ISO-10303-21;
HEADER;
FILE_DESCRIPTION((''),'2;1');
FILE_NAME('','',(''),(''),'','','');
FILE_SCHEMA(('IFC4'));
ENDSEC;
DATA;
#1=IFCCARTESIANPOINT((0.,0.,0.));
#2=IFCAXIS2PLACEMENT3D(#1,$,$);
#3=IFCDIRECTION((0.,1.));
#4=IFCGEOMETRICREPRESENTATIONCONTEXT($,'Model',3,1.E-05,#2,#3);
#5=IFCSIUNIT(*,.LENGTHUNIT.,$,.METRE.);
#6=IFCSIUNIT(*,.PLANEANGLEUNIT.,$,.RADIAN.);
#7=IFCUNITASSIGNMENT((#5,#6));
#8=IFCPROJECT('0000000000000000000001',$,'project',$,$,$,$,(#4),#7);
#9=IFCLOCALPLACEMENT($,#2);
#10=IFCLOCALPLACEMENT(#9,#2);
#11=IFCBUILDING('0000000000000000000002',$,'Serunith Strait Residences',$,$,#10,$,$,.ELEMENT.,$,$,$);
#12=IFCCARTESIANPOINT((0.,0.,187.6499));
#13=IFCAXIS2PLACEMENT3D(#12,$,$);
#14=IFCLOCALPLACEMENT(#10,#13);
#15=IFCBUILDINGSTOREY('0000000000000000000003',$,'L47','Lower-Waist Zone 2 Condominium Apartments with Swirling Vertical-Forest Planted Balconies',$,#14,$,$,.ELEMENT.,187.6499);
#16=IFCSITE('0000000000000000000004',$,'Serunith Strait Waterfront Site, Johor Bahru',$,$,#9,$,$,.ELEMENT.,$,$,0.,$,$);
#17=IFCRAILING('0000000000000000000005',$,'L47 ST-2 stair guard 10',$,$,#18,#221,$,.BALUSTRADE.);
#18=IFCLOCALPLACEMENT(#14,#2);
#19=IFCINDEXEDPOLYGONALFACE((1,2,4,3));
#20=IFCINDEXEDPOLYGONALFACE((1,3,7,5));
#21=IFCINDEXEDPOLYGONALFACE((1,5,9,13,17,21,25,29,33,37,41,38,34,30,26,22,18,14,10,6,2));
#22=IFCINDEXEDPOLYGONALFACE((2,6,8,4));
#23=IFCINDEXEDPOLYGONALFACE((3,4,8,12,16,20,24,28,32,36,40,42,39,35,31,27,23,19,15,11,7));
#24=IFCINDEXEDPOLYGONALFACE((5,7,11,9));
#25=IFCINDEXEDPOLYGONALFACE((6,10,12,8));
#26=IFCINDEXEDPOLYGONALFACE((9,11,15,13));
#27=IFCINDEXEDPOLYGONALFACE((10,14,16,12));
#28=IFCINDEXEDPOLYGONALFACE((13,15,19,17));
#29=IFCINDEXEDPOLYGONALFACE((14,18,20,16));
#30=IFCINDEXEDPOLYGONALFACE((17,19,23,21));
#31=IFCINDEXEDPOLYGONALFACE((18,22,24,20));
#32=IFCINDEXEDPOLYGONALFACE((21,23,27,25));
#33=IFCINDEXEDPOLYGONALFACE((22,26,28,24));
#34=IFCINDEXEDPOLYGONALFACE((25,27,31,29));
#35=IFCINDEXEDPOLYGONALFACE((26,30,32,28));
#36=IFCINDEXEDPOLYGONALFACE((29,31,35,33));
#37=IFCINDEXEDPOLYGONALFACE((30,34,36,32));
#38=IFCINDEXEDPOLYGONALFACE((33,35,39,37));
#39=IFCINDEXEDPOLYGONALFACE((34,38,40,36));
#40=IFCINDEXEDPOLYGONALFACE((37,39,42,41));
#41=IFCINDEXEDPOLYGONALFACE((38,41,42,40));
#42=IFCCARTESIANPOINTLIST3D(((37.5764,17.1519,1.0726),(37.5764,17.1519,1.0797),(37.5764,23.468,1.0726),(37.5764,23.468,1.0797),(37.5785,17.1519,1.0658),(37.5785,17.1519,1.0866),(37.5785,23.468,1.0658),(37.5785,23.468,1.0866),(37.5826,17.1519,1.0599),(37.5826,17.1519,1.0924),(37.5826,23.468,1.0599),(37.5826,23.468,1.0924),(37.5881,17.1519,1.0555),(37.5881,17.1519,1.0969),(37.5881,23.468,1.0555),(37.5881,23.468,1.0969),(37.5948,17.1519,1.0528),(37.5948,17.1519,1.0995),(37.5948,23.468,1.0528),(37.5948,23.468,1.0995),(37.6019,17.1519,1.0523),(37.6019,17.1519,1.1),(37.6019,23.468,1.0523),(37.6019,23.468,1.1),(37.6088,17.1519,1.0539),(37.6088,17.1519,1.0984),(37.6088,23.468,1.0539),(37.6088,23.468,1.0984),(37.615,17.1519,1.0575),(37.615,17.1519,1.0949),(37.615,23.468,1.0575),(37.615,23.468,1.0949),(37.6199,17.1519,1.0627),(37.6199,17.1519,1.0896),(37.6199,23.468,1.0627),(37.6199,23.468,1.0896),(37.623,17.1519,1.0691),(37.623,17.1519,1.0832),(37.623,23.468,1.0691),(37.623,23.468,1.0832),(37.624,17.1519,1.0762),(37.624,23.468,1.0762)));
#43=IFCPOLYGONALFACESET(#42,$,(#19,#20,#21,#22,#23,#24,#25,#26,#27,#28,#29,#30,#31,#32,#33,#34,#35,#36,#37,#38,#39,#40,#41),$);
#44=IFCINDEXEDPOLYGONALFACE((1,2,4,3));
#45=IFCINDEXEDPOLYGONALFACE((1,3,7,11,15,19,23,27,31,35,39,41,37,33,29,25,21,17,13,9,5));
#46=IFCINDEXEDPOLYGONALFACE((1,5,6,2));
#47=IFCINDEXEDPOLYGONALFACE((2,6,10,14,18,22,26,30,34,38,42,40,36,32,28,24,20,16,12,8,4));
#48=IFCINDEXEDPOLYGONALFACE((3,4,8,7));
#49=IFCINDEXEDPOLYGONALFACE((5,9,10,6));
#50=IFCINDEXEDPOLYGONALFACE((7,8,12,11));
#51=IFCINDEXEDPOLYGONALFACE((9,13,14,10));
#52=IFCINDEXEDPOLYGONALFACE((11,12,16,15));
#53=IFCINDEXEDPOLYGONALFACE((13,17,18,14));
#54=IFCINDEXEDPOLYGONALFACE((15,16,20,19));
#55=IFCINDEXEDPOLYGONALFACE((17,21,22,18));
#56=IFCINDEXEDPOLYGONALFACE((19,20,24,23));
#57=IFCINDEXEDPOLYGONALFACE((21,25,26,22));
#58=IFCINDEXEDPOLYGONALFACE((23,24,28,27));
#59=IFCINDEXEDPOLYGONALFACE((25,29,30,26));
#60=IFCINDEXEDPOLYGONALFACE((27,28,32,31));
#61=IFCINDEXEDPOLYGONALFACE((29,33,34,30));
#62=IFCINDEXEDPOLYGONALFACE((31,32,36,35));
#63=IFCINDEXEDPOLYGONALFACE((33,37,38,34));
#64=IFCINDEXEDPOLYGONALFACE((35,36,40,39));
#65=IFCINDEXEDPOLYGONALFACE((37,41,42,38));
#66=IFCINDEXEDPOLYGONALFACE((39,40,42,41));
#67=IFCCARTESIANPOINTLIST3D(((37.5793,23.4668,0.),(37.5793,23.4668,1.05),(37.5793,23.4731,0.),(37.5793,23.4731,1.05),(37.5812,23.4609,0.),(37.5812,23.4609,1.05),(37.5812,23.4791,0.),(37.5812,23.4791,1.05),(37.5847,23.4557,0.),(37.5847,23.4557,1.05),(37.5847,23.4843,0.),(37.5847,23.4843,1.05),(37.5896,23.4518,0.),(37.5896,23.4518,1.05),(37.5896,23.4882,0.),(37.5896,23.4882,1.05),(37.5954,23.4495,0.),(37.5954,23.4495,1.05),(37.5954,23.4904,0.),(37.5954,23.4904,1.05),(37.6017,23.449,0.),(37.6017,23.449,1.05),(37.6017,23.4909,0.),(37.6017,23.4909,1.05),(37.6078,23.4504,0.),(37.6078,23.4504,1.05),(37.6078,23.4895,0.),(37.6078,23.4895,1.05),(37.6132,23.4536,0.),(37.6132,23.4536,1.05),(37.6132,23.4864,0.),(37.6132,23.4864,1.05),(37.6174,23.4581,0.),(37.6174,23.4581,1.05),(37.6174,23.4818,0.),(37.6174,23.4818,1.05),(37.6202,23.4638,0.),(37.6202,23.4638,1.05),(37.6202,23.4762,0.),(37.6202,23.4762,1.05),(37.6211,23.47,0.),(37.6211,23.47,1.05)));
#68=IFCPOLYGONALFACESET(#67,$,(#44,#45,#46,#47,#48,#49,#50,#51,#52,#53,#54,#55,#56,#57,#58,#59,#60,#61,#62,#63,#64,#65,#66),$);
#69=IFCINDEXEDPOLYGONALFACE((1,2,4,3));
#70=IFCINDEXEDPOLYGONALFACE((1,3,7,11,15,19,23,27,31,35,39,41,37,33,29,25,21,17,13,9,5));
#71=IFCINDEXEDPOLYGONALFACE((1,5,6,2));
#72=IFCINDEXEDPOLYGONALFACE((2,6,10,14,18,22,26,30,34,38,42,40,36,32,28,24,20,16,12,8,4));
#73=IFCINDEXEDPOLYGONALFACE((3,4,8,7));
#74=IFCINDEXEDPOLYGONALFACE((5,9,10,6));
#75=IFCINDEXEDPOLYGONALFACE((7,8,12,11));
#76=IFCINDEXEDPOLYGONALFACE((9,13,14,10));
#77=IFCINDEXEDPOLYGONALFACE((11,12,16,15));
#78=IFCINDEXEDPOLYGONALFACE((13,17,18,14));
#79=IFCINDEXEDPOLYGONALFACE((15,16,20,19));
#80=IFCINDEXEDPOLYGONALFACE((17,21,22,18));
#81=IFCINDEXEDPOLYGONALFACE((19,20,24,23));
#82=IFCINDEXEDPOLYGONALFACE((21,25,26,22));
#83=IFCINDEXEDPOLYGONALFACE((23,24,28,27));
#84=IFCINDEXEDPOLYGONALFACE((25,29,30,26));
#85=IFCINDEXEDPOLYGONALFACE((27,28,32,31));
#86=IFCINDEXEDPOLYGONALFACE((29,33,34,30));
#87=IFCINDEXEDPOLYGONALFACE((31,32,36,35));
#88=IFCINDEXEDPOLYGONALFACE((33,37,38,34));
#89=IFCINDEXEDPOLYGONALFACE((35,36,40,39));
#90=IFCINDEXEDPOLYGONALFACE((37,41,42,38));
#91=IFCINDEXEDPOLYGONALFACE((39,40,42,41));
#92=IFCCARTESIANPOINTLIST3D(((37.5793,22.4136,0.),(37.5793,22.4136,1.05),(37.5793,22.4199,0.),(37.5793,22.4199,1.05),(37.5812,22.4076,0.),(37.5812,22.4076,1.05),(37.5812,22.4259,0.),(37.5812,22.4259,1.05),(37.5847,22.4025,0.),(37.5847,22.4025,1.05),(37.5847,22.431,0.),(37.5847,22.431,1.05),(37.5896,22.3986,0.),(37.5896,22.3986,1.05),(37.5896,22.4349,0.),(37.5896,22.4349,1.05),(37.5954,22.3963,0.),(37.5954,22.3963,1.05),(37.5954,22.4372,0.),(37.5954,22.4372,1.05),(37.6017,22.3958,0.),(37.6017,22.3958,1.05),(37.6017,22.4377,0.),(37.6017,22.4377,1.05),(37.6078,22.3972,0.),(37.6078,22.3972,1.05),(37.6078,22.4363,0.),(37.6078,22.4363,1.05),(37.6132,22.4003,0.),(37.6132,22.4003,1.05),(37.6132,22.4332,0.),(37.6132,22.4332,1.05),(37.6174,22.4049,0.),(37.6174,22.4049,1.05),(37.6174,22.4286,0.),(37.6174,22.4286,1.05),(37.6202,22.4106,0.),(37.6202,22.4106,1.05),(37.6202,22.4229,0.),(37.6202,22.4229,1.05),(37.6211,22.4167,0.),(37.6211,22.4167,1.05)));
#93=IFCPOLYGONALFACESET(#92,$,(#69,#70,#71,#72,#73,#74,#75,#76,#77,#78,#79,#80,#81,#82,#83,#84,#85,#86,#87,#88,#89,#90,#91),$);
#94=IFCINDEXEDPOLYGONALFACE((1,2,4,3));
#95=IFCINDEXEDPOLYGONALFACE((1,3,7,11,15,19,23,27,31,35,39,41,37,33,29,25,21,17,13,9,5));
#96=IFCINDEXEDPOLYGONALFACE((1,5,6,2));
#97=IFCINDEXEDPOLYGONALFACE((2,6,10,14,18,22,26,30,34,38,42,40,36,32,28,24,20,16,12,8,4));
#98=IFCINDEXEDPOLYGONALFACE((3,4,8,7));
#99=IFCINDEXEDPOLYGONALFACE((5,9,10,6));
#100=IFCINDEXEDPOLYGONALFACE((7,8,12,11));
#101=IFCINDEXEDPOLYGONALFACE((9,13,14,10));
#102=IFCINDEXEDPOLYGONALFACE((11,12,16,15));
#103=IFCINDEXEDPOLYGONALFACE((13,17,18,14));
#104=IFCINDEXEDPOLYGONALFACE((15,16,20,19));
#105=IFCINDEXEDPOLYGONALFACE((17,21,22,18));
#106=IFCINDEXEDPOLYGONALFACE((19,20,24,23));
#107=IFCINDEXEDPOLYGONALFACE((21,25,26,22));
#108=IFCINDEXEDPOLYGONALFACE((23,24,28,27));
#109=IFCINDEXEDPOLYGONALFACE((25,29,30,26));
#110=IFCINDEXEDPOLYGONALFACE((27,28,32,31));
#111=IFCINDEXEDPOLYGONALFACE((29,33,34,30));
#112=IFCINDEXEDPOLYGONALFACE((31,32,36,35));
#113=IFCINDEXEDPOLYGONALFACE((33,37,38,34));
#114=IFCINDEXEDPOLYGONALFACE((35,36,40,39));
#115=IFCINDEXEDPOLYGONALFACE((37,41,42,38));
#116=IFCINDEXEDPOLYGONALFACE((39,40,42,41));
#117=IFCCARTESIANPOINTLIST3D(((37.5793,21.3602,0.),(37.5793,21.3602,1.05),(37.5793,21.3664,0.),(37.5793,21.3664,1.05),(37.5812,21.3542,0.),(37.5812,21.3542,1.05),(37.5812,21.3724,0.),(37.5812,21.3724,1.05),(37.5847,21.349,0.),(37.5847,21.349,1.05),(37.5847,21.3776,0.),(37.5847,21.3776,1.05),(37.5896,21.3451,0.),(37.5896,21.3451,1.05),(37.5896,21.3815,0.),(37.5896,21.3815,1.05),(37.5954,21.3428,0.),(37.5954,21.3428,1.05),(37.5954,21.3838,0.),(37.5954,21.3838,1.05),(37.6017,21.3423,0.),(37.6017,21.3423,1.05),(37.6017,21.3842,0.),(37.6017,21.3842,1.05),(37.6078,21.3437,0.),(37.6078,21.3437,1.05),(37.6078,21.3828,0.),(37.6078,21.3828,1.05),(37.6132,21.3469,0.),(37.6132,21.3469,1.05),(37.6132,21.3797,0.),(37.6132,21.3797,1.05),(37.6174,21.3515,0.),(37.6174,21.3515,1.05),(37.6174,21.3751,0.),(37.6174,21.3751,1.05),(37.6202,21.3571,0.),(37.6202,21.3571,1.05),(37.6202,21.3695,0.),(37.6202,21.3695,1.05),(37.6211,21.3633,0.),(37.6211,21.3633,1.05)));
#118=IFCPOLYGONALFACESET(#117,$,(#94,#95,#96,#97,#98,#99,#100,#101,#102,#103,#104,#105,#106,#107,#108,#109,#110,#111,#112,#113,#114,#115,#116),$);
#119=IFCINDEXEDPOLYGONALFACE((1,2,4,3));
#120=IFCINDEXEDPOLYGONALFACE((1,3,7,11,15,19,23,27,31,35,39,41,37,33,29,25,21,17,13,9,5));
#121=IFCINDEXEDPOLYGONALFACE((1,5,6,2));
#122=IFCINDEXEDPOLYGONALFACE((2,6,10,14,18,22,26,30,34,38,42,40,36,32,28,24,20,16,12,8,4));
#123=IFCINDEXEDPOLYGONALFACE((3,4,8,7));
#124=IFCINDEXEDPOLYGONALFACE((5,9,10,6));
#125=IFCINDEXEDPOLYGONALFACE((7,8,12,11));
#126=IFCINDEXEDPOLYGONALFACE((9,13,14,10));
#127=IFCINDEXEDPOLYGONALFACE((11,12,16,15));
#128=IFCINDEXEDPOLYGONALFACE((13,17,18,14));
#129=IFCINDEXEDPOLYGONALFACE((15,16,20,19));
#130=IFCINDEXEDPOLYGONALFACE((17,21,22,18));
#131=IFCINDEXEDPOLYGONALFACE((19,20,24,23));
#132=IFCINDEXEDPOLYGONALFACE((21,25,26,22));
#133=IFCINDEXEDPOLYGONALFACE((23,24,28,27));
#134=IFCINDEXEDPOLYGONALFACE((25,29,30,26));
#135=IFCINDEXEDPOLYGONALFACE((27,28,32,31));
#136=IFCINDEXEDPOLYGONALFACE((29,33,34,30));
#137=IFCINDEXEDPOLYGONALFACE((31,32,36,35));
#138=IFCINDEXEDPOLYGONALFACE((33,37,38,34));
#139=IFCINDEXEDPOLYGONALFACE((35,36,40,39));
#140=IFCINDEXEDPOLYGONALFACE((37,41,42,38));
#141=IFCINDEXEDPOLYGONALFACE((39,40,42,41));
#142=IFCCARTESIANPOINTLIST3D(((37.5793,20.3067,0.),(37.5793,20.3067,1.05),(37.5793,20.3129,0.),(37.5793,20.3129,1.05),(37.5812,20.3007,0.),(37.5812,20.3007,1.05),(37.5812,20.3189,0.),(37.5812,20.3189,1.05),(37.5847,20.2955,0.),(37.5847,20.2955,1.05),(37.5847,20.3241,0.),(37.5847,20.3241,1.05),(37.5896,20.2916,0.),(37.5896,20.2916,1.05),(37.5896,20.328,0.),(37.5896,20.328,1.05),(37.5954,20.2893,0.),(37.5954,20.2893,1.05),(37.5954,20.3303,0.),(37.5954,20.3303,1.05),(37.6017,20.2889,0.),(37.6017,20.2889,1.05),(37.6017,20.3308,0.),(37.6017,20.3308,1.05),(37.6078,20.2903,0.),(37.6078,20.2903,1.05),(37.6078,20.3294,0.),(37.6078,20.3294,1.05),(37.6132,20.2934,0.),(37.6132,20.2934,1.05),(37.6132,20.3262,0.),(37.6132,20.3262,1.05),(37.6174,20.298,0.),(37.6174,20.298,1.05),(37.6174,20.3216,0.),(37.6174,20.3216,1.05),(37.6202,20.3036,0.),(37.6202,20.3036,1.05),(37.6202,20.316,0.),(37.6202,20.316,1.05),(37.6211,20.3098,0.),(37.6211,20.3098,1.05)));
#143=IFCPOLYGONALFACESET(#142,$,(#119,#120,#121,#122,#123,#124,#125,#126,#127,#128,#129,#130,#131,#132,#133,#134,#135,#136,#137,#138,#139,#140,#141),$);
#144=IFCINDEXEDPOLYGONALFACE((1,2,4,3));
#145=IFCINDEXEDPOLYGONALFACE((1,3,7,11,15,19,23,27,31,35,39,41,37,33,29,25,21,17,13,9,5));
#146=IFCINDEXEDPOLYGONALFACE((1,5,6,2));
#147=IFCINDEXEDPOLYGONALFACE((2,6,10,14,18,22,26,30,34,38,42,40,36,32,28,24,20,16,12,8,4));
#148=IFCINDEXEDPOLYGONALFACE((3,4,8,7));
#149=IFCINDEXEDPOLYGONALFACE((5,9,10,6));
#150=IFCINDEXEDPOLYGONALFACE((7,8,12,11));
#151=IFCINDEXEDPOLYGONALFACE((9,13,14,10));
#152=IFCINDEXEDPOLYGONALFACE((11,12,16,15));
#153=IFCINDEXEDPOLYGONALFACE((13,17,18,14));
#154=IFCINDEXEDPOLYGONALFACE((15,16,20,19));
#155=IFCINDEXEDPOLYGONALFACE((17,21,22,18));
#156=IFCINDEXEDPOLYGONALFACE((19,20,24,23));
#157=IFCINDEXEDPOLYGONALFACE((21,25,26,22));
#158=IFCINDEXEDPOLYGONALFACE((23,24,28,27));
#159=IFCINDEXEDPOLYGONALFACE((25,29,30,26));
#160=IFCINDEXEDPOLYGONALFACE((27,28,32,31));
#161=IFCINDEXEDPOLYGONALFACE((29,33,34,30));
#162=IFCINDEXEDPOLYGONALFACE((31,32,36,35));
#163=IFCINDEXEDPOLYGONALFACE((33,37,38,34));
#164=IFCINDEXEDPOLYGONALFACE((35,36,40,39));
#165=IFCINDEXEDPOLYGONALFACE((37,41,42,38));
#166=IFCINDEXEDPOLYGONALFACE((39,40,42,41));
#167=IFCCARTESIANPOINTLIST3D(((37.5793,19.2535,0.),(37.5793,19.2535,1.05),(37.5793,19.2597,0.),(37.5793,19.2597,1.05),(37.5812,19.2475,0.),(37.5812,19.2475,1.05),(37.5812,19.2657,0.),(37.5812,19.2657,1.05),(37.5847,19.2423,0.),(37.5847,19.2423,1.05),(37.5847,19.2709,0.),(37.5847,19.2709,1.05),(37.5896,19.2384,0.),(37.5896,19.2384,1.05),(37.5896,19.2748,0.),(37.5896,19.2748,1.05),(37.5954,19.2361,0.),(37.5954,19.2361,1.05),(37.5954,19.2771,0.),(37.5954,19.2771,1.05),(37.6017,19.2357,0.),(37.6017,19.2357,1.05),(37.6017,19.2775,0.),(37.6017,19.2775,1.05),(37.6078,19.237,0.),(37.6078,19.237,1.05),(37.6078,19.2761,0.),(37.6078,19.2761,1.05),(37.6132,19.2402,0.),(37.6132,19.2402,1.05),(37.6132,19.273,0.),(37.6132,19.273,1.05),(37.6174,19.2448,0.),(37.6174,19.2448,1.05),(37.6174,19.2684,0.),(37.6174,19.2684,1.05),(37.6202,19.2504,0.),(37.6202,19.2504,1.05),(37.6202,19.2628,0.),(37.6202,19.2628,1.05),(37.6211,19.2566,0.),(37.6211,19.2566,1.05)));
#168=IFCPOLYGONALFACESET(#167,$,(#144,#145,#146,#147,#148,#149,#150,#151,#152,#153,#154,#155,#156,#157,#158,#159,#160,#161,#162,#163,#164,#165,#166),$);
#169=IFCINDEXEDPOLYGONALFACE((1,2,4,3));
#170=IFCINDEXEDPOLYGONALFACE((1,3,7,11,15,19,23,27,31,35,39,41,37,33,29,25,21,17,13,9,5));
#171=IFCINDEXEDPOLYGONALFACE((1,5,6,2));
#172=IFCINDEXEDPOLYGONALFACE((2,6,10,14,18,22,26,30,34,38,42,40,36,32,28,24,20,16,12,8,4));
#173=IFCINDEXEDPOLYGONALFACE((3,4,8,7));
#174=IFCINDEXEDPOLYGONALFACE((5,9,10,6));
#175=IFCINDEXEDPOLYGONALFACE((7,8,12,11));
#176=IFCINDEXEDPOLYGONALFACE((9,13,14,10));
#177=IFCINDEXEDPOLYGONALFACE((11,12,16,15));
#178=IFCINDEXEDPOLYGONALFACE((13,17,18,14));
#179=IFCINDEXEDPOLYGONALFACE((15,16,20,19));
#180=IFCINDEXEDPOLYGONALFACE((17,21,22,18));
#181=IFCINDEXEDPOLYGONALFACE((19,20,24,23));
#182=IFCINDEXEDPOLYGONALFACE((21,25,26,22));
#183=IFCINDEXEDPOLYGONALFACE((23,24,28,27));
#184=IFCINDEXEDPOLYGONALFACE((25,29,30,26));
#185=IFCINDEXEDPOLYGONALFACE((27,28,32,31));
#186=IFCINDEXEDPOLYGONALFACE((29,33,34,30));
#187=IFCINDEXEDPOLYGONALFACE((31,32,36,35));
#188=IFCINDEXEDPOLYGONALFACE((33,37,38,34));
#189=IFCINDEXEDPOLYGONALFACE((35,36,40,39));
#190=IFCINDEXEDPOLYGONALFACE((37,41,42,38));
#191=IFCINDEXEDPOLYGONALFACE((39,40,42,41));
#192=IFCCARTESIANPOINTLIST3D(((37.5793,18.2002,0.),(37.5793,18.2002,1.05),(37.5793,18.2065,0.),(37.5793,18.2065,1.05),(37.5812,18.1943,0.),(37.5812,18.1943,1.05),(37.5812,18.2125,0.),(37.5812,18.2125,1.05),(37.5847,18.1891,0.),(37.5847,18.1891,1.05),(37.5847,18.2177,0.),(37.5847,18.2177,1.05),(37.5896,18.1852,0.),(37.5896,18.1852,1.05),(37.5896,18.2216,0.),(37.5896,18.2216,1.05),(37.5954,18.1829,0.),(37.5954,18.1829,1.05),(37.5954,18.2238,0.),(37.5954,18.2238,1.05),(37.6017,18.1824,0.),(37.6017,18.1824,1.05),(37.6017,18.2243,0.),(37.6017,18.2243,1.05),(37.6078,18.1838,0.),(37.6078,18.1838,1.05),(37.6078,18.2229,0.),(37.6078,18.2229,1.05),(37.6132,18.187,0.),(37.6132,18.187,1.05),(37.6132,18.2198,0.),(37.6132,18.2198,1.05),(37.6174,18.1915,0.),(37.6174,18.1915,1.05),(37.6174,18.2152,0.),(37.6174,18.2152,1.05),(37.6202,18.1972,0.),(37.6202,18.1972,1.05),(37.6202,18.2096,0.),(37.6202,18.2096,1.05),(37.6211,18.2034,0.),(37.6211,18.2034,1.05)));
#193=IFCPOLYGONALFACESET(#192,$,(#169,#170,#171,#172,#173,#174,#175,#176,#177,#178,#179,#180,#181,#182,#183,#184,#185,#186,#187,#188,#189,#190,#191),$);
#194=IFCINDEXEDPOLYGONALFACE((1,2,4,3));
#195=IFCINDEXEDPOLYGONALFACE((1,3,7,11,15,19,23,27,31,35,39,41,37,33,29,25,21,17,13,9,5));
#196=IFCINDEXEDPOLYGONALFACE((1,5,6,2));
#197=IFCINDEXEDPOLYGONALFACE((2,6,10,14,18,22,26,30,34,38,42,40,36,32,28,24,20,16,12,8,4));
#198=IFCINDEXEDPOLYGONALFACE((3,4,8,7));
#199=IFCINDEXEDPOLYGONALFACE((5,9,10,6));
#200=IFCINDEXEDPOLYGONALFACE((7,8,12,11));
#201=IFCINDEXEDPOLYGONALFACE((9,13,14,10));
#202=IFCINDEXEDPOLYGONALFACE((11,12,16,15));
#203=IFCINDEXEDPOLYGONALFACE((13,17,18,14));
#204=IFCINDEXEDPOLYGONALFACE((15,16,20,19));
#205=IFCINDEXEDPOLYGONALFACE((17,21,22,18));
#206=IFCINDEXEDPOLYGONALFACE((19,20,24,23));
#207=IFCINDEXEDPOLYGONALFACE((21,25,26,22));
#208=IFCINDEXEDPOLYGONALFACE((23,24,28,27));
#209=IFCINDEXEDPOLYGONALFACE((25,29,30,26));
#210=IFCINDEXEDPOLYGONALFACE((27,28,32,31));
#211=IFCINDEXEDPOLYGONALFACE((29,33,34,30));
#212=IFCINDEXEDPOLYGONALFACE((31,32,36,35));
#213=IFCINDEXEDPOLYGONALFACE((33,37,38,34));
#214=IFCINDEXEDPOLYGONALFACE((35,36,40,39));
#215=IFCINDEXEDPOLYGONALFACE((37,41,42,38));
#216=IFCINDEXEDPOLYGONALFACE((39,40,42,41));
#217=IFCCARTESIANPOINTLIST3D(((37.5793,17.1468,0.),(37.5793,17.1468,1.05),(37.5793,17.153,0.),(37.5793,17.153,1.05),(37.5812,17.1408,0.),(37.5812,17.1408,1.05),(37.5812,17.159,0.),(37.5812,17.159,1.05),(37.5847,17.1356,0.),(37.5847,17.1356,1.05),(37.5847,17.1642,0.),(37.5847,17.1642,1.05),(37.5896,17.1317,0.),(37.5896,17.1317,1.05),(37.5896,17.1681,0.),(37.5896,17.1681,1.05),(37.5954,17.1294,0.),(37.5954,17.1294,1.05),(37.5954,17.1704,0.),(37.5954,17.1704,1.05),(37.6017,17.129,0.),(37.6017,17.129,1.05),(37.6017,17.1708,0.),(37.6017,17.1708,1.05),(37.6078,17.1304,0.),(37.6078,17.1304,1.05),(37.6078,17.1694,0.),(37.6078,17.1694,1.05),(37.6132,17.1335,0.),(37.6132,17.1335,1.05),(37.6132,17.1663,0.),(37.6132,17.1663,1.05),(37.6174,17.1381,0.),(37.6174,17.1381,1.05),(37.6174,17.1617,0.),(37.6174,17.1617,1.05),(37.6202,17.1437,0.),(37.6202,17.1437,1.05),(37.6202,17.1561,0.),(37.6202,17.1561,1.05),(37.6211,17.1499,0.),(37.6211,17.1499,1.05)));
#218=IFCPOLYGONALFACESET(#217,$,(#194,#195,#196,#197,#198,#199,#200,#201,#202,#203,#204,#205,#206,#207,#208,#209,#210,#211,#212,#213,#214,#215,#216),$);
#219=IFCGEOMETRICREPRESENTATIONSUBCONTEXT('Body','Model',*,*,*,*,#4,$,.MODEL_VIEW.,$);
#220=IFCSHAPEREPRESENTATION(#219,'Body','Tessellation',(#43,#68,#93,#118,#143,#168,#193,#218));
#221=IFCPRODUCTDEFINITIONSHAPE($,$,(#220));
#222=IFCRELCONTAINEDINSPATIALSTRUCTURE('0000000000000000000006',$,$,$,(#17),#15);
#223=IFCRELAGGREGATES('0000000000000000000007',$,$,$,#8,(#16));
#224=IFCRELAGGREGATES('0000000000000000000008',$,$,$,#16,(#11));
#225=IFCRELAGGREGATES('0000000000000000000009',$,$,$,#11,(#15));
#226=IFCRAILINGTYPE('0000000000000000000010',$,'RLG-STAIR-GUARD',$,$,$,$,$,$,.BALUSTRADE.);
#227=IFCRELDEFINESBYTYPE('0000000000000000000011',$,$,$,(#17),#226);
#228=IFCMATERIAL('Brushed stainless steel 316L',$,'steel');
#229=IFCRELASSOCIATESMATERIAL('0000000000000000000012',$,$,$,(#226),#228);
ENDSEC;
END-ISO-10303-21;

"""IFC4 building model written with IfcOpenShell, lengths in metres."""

from ifc_helpers import new_model, si_unit, direction, frame, origin, origin_2d, place, context, subcontext, project, spatial, circle, extrude, material, type_object, element, save


model = new_model("IFC4")

# Units and contexts
model_context = context("Model", 3, precision=1e-05, world=origin(), true_north=direction((0.0, 1.0)))
body_context = subcontext(model_context, "Body", "Model", "MODEL_VIEW")
ifc_project = project(units=[si_unit("LENGTHUNIT", "METRE"), si_unit("PLANEANGLEUNIT", "RADIAN")], contexts=[model_context])

# Site, building, storey
site_placement = place(None, origin())
site = spatial("IfcSite", under=ifc_project, at=site_placement, Name="Serunith Strait Waterfront Site, Johor Bahru", CompositionType="ELEMENT", RefElevation=0.0)
building_placement = place(site_placement, origin())
building = spatial("IfcBuilding", under=site, at=building_placement, Name="Serunith Strait Residences", CompositionType="ELEMENT")
storey_placement = place(building_placement, frame((0.0, 0.0, 187.6499)))
storey = spatial("IfcBuildingStorey", under=building, at=storey_placement, Name="L47", Description="Lower-Waist Zone 2 Condominium Apartments with Swirling Vertical-Forest Planted Balconies", CompositionType="ELEMENT", Elevation=187.6499)

# Railing
ifc_material_1 = material(Name="Brushed stainless steel 316L", Category="steel")
railing_type_1 = type_object("IfcRailingType", Name="RLG-STAIR-GUARD", PredefinedType="BALUSTRADE", material=ifc_material_1)
railing_1_placement = place(storey_placement, frame((37.6001, 23.47, 0.0)))
element("IfcRailing", 1, at=railing_1_placement, inside=storey, type_object=railing_type_1, Name="L47 ST-2 stair guard 10", PredefinedType="BALUSTRADE", context=body_context, shape_type="SweptSolid", body=[
    extrude(circle(Radius=0.0239, at=origin_2d()), frame((0.0, -0.002, 1.0762), z_axis=(0.0, -1.0, 0.0), x_axis=(1.0, 0.0, 0.0)), (0.0, 0.0, 1.0), 6.3162),
    extrude(circle(Radius=0.021, at=origin_2d()), origin(), (0.0, 0.0, 1.0), 1.05),
    extrude(circle(Radius=0.021, at=origin_2d()), frame((0.0, -1.0532, 0.0)), (0.0, 0.0, 1.0), 1.05),
    extrude(circle(Radius=0.021, at=origin_2d()), frame((0.0, -2.1067, 0.0)), (0.0, 0.0, 1.0), 1.05),
    extrude(circle(Radius=0.021, at=origin_2d()), frame((0.0, -3.1602, 0.0)), (0.0, 0.0, 1.0), 1.05),
    extrude(circle(Radius=0.021, at=origin_2d()), frame((0.0, -4.2134, 0.0)), (0.0, 0.0, 1.0), 1.05),
    extrude(circle(Radius=0.021, at=origin_2d()), frame((0.0, -5.2666, 0.0)), (0.0, 0.0, 1.0), 1.05),
    extrude(circle(Radius=0.021, at=origin_2d()), frame((0.0, -6.3201, 0.0)), (0.0, 0.0, 1.0), 1.05),
])

save(model, "model.ifc")
